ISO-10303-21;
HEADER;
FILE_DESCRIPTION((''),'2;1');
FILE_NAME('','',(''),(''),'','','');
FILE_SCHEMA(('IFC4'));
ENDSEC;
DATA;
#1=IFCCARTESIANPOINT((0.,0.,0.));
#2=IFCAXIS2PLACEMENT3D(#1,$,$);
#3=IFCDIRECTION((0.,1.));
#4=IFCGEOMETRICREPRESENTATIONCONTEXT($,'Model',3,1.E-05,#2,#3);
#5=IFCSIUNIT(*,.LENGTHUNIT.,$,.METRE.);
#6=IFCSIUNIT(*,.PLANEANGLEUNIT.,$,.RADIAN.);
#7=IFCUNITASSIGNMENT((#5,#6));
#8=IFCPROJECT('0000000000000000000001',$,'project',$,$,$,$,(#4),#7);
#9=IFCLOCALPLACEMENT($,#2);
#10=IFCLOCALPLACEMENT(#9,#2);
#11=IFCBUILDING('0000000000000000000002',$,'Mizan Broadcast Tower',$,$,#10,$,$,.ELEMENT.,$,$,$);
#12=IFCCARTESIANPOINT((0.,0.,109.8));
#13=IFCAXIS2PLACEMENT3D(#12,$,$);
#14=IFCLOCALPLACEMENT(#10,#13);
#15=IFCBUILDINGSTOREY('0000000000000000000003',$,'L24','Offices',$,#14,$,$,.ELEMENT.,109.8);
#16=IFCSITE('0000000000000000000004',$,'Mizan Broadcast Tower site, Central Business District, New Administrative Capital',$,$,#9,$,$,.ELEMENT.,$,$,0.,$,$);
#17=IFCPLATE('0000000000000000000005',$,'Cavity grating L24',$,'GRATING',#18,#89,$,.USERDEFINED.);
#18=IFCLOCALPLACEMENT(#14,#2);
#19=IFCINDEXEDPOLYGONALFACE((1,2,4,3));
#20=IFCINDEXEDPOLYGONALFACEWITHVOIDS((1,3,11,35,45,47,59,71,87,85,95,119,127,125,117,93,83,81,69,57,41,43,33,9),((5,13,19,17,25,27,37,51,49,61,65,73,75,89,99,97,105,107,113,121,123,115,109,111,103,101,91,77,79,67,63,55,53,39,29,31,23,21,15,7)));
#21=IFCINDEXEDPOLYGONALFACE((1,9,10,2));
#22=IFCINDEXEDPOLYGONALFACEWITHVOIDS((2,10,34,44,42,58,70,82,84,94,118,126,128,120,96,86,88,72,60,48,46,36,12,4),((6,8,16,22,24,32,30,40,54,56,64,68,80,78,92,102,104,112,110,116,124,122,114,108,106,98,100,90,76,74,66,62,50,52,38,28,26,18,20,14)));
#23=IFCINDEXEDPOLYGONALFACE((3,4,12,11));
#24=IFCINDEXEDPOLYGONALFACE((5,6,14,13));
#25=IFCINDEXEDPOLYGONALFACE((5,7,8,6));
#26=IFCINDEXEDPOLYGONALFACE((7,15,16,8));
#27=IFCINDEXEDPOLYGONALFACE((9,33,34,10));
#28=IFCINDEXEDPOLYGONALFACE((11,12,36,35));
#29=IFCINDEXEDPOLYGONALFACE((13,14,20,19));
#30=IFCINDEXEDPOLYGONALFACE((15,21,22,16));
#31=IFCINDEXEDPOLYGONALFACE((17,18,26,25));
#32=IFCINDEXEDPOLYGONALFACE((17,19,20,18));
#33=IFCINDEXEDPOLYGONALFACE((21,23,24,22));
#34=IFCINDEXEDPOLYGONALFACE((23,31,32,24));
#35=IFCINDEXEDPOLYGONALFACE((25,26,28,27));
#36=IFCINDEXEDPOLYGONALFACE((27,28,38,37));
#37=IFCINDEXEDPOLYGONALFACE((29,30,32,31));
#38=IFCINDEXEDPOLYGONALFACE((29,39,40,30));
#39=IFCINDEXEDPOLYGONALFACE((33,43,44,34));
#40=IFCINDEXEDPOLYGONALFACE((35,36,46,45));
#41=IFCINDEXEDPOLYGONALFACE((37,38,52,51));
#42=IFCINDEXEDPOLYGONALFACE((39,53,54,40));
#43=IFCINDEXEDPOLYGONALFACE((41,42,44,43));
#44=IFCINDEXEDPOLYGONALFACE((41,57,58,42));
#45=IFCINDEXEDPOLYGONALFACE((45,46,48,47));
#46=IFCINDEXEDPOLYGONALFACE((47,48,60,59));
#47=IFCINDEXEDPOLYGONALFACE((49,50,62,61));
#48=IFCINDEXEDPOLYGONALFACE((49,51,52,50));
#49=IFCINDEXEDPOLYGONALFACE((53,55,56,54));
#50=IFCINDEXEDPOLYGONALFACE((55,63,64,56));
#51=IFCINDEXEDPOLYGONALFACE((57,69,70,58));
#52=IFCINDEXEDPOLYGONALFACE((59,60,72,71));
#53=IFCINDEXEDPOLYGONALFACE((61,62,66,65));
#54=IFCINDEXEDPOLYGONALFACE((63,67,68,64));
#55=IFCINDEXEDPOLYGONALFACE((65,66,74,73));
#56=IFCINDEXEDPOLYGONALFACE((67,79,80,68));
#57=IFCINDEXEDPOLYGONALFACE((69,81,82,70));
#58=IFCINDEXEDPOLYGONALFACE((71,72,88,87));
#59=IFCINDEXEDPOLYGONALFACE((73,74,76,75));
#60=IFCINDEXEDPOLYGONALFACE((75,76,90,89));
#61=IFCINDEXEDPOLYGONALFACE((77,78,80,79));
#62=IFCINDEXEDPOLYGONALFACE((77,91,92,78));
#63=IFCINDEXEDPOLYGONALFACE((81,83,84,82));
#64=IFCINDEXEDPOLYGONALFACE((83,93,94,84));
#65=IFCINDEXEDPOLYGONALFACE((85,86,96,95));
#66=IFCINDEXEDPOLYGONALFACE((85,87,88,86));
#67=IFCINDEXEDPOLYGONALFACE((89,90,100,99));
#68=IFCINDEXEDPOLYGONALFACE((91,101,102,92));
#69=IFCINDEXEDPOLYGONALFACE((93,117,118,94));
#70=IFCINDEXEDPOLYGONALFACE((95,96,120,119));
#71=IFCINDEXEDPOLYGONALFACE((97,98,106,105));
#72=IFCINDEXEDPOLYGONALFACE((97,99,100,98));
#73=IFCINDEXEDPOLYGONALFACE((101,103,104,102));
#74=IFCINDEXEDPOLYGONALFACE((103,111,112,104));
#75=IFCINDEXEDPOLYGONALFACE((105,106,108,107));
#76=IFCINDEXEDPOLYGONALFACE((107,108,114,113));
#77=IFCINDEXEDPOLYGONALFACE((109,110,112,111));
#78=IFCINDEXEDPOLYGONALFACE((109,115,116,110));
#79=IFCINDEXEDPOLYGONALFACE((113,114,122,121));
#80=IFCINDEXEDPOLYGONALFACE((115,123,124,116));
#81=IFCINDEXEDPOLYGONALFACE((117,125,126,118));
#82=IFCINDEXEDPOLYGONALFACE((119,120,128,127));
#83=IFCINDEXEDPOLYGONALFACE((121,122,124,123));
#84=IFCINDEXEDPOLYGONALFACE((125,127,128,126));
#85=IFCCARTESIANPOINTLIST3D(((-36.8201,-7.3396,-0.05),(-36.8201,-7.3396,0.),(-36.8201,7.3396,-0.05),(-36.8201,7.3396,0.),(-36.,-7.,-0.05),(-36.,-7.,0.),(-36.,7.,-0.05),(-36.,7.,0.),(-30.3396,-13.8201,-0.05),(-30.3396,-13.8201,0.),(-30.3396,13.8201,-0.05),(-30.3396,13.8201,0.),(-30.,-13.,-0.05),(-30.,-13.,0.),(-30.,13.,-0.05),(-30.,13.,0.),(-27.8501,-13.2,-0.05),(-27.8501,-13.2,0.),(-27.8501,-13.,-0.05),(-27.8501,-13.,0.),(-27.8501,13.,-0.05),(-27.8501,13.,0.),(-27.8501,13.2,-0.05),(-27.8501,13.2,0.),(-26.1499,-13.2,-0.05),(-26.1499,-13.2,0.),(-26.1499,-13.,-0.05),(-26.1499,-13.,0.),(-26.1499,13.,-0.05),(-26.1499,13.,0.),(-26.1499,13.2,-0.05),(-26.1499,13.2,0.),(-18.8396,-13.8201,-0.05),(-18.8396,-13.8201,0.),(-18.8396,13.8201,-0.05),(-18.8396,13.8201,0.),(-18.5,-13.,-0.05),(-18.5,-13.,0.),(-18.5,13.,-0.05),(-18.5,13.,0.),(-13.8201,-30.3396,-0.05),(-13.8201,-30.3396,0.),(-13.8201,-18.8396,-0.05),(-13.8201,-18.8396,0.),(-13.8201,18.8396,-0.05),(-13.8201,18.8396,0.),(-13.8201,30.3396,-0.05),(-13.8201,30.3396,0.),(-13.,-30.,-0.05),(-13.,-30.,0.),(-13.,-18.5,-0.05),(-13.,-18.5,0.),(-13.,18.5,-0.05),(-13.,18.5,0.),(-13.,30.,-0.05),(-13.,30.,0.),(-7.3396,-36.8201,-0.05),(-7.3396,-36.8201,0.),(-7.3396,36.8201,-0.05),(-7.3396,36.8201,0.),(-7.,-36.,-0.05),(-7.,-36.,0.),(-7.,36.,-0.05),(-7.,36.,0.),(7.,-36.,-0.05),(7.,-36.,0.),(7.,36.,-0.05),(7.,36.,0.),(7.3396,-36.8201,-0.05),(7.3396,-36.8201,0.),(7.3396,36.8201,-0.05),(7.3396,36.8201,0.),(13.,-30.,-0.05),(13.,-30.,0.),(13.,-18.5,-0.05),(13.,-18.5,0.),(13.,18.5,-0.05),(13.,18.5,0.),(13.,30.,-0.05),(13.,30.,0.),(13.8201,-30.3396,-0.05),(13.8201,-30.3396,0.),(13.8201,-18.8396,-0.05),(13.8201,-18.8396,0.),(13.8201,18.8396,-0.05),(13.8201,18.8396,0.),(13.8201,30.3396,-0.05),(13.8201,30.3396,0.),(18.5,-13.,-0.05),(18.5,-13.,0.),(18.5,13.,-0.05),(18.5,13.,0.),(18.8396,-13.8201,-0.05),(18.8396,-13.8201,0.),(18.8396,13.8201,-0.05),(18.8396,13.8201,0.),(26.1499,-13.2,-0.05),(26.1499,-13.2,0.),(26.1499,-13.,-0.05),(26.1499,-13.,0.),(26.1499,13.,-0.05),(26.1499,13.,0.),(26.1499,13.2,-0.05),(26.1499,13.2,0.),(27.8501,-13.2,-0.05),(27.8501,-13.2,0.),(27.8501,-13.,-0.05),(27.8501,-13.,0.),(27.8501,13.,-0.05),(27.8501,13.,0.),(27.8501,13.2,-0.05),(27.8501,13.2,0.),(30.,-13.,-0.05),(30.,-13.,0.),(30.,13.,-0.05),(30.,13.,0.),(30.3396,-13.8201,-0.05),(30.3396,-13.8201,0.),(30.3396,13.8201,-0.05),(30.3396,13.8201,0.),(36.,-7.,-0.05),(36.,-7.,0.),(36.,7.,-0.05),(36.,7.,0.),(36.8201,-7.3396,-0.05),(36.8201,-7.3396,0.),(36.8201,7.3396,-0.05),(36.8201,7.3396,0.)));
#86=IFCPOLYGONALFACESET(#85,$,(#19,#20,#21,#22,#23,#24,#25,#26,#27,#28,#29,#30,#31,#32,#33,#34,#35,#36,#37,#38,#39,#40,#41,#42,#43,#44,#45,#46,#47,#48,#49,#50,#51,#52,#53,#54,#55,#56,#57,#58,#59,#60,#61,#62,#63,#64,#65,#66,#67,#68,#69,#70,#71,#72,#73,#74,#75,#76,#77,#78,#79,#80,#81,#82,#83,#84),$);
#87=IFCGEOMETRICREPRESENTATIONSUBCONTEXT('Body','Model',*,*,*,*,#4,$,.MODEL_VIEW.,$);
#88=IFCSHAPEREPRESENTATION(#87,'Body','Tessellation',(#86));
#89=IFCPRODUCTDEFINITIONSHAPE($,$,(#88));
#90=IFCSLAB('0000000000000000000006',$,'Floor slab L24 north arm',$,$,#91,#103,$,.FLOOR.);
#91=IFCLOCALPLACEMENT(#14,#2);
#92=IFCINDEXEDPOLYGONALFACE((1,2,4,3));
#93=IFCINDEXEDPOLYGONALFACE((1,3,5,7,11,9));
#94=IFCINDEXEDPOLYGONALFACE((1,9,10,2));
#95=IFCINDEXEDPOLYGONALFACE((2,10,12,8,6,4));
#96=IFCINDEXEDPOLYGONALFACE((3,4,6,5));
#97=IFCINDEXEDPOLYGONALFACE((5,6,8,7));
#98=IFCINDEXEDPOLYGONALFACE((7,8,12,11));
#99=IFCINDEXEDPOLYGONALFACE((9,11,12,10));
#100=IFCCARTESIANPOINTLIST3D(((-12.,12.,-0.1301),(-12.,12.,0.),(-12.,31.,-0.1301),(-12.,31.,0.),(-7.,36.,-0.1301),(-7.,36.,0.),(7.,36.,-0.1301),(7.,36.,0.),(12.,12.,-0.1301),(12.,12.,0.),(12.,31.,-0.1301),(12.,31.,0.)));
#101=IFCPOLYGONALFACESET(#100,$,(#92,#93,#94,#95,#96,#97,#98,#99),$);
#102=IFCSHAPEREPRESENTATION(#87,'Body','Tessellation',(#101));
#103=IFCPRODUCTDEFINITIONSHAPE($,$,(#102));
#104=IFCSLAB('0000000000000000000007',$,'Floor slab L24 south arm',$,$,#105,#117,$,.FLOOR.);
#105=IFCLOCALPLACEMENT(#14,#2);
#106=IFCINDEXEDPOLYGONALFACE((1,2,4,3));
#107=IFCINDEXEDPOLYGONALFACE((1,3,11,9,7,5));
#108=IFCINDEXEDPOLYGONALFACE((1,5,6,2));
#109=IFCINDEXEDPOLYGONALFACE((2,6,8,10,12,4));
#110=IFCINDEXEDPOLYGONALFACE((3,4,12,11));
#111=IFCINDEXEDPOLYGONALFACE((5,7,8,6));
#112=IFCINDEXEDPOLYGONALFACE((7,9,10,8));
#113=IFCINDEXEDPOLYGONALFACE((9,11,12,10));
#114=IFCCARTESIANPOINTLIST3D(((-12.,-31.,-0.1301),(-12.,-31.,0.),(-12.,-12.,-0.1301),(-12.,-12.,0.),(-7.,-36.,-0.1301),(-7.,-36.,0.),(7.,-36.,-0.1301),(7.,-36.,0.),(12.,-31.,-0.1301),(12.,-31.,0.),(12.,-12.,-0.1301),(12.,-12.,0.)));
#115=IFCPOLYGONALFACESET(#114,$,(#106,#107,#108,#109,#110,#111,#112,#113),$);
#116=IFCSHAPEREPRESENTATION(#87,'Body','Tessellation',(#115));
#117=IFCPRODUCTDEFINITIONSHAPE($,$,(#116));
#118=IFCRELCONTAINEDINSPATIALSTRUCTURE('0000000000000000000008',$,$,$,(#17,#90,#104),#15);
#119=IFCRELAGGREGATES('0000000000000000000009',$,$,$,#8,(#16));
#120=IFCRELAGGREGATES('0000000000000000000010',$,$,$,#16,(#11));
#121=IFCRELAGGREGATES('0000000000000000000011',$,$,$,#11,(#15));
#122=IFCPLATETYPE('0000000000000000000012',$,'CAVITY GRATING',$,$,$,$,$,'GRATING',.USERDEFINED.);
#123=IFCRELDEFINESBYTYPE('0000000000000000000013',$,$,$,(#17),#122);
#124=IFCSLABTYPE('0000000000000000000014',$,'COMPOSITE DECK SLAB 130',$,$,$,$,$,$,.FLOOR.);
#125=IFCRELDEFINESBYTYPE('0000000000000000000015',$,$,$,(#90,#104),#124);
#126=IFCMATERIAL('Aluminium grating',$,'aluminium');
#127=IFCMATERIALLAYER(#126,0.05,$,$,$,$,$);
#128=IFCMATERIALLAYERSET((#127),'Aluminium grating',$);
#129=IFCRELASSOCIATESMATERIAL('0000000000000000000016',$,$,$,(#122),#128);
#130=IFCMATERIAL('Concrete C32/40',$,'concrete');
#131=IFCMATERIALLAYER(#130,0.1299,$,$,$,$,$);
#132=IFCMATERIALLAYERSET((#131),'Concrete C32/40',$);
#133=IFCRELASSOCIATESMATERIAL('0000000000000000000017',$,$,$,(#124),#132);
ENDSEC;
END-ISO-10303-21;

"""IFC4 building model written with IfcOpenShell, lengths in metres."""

from ifc_helpers import new_model, si_unit, direction, frame, origin, place, context, subcontext, project, spatial, polyline, outline, extrude, material, layer, layer_set, type_object, element, save


model = new_model("IFC4")

# Units and contexts
model_context = context("Model", 3, precision=1e-05, world=origin(), true_north=direction((0.0, 1.0)))
body_context = subcontext(model_context, "Body", "Model", "MODEL_VIEW")
ifc_project = project(units=[si_unit("LENGTHUNIT", "METRE"), si_unit("PLANEANGLEUNIT", "RADIAN")], contexts=[model_context])

# Site, building, storey
site_placement = place(None, origin())
site = spatial("IfcSite", under=ifc_project, at=site_placement, Name="Mizan Broadcast Tower site, Central Business District, New Administrative Capital", CompositionType="ELEMENT", RefElevation=0.0)
building_placement = place(site_placement, origin())
building = spatial("IfcBuilding", under=site, at=building_placement, Name="Mizan Broadcast Tower", CompositionType="ELEMENT")
storey_placement = place(building_placement, frame((0.0, 0.0, 109.8)))
storey = spatial("IfcBuildingStorey", under=building, at=storey_placement, Name="L24", Description="Offices", CompositionType="ELEMENT", Elevation=109.8)

# Plate
ifc_material_1 = material(Name="Aluminium grating", Category="aluminium")
ifc_layer_1 = layer(ifc_material_1, 0.05)
ifc_layer_set_1 = layer_set([ifc_layer_1], Name="Aluminium grating")
plate_type = type_object("IfcPlateType", Name="CAVITY GRATING", ElementType="GRATING", PredefinedType="USERDEFINED", material=ifc_layer_set_1)
plate_placement = place(storey_placement, frame((0.0, 0.0, -0.05)))
element("IfcPlate", 1, at=plate_placement, inside=storey, type_object=plate_type, Name="Cavity grating L24", ObjectType="GRATING", PredefinedType="USERDEFINED", context=body_context, shape_type="SweptSolid", body=[
    extrude(outline(polyline([(13.8201, -18.8396), (18.8396, -13.8201), (30.3396, -13.8201), (36.8201, -7.3396), (36.8201, 7.3396), (30.3396, 13.8201), (18.8396, 13.8201), (13.8201, 18.8396), (13.8201, 30.3396), (7.3396, 36.8201), (-7.3396, 36.8201), (-13.8201, 30.3396), (-13.8201, 18.8396), (-18.8396, 13.8201), (-30.3396, 13.8201), (-36.8201, 7.3396), (-36.8201, -7.3396), (-30.3396, -13.8201), (-18.8396, -13.8201), (-13.8201, -18.8396), (-13.8201, -30.3396), (-7.3396, -36.8201), (7.3396, -36.8201), (13.8201, -30.3396), (13.8201, -18.8396)]), holes=[polyline([(36.0, 7.0), (36.0, -7.0), (30.0, -13.0), (27.8501, -13.0), (27.8501, -13.2), (26.1499, -13.2), (26.1499, -13.0), (18.5, -13.0), (13.0, -18.5), (13.0, -30.0), (7.0, -36.0), (-7.0, -36.0), (-13.0, -30.0), (-13.0, -18.5), (-18.5, -13.0), (-26.1499, -13.0), (-26.1499, -13.2), (-27.8501, -13.2), (-27.8501, -13.0), (-30.0, -13.0), (-36.0, -7.0), (-36.0, 7.0), (-30.0, 13.0), (-27.8501, 13.0), (-27.8501, 13.2), (-26.1499, 13.2), (-26.1499, 13.0), (-18.5, 13.0), (-13.0, 18.5), (-13.0, 30.0), (-7.0, 36.0), (7.0, 36.0), (13.0, 30.0), (13.0, 18.5), (18.5, 13.0), (26.1499, 13.0), (26.1499, 13.2), (27.8501, 13.2), (27.8501, 13.0), (30.0, 13.0), (36.0, 7.0)])]), origin(), (0.0, 0.0, 1.0), 0.05),
])

# Slabs
ifc_material_2 = material(Name="Concrete C32/40", Category="concrete")
ifc_layer_2 = layer(ifc_material_2, 0.1299)
ifc_layer_set_2 = layer_set([ifc_layer_2], Name="Concrete C32/40")
slab_type_1 = type_object("IfcSlabType", Name="COMPOSITE DECK SLAB 130", PredefinedType="FLOOR", material=ifc_layer_set_2)
slab_1_placement = place(storey_placement, frame((0.0, 0.0, -0.1301)))
element("IfcSlab", 2, at=slab_1_placement, inside=storey, type_object=slab_type_1, Name="Floor slab L24 north arm", PredefinedType="FLOOR", context=body_context, shape_type="SweptSolid", body=[
    extrude(outline(polyline([(-7.0, 36.0), (-12.0, 31.0), (-12.0, 12.0), (12.0, 12.0), (12.0, 31.0), (7.0, 36.0), (-7.0, 36.0)])), origin(), (0.0, 0.0, 1.0), 0.1301),
])
slab_2_placement = place(storey_placement, frame((0.0, 0.0, -0.1301)))
element("IfcSlab", 3, at=slab_2_placement, inside=storey, type_object=slab_type_1, Name="Floor slab L24 south arm", PredefinedType="FLOOR", context=body_context, shape_type="SweptSolid", body=[
    extrude(outline(polyline([(7.0, -36.0), (12.0, -31.0), (12.0, -12.0), (-12.0, -12.0), (-12.0, -31.0), (-7.0, -36.0), (7.0, -36.0)])), origin(), (0.0, 0.0, 1.0), 0.1301),
])

save(model, "model.ifc")
